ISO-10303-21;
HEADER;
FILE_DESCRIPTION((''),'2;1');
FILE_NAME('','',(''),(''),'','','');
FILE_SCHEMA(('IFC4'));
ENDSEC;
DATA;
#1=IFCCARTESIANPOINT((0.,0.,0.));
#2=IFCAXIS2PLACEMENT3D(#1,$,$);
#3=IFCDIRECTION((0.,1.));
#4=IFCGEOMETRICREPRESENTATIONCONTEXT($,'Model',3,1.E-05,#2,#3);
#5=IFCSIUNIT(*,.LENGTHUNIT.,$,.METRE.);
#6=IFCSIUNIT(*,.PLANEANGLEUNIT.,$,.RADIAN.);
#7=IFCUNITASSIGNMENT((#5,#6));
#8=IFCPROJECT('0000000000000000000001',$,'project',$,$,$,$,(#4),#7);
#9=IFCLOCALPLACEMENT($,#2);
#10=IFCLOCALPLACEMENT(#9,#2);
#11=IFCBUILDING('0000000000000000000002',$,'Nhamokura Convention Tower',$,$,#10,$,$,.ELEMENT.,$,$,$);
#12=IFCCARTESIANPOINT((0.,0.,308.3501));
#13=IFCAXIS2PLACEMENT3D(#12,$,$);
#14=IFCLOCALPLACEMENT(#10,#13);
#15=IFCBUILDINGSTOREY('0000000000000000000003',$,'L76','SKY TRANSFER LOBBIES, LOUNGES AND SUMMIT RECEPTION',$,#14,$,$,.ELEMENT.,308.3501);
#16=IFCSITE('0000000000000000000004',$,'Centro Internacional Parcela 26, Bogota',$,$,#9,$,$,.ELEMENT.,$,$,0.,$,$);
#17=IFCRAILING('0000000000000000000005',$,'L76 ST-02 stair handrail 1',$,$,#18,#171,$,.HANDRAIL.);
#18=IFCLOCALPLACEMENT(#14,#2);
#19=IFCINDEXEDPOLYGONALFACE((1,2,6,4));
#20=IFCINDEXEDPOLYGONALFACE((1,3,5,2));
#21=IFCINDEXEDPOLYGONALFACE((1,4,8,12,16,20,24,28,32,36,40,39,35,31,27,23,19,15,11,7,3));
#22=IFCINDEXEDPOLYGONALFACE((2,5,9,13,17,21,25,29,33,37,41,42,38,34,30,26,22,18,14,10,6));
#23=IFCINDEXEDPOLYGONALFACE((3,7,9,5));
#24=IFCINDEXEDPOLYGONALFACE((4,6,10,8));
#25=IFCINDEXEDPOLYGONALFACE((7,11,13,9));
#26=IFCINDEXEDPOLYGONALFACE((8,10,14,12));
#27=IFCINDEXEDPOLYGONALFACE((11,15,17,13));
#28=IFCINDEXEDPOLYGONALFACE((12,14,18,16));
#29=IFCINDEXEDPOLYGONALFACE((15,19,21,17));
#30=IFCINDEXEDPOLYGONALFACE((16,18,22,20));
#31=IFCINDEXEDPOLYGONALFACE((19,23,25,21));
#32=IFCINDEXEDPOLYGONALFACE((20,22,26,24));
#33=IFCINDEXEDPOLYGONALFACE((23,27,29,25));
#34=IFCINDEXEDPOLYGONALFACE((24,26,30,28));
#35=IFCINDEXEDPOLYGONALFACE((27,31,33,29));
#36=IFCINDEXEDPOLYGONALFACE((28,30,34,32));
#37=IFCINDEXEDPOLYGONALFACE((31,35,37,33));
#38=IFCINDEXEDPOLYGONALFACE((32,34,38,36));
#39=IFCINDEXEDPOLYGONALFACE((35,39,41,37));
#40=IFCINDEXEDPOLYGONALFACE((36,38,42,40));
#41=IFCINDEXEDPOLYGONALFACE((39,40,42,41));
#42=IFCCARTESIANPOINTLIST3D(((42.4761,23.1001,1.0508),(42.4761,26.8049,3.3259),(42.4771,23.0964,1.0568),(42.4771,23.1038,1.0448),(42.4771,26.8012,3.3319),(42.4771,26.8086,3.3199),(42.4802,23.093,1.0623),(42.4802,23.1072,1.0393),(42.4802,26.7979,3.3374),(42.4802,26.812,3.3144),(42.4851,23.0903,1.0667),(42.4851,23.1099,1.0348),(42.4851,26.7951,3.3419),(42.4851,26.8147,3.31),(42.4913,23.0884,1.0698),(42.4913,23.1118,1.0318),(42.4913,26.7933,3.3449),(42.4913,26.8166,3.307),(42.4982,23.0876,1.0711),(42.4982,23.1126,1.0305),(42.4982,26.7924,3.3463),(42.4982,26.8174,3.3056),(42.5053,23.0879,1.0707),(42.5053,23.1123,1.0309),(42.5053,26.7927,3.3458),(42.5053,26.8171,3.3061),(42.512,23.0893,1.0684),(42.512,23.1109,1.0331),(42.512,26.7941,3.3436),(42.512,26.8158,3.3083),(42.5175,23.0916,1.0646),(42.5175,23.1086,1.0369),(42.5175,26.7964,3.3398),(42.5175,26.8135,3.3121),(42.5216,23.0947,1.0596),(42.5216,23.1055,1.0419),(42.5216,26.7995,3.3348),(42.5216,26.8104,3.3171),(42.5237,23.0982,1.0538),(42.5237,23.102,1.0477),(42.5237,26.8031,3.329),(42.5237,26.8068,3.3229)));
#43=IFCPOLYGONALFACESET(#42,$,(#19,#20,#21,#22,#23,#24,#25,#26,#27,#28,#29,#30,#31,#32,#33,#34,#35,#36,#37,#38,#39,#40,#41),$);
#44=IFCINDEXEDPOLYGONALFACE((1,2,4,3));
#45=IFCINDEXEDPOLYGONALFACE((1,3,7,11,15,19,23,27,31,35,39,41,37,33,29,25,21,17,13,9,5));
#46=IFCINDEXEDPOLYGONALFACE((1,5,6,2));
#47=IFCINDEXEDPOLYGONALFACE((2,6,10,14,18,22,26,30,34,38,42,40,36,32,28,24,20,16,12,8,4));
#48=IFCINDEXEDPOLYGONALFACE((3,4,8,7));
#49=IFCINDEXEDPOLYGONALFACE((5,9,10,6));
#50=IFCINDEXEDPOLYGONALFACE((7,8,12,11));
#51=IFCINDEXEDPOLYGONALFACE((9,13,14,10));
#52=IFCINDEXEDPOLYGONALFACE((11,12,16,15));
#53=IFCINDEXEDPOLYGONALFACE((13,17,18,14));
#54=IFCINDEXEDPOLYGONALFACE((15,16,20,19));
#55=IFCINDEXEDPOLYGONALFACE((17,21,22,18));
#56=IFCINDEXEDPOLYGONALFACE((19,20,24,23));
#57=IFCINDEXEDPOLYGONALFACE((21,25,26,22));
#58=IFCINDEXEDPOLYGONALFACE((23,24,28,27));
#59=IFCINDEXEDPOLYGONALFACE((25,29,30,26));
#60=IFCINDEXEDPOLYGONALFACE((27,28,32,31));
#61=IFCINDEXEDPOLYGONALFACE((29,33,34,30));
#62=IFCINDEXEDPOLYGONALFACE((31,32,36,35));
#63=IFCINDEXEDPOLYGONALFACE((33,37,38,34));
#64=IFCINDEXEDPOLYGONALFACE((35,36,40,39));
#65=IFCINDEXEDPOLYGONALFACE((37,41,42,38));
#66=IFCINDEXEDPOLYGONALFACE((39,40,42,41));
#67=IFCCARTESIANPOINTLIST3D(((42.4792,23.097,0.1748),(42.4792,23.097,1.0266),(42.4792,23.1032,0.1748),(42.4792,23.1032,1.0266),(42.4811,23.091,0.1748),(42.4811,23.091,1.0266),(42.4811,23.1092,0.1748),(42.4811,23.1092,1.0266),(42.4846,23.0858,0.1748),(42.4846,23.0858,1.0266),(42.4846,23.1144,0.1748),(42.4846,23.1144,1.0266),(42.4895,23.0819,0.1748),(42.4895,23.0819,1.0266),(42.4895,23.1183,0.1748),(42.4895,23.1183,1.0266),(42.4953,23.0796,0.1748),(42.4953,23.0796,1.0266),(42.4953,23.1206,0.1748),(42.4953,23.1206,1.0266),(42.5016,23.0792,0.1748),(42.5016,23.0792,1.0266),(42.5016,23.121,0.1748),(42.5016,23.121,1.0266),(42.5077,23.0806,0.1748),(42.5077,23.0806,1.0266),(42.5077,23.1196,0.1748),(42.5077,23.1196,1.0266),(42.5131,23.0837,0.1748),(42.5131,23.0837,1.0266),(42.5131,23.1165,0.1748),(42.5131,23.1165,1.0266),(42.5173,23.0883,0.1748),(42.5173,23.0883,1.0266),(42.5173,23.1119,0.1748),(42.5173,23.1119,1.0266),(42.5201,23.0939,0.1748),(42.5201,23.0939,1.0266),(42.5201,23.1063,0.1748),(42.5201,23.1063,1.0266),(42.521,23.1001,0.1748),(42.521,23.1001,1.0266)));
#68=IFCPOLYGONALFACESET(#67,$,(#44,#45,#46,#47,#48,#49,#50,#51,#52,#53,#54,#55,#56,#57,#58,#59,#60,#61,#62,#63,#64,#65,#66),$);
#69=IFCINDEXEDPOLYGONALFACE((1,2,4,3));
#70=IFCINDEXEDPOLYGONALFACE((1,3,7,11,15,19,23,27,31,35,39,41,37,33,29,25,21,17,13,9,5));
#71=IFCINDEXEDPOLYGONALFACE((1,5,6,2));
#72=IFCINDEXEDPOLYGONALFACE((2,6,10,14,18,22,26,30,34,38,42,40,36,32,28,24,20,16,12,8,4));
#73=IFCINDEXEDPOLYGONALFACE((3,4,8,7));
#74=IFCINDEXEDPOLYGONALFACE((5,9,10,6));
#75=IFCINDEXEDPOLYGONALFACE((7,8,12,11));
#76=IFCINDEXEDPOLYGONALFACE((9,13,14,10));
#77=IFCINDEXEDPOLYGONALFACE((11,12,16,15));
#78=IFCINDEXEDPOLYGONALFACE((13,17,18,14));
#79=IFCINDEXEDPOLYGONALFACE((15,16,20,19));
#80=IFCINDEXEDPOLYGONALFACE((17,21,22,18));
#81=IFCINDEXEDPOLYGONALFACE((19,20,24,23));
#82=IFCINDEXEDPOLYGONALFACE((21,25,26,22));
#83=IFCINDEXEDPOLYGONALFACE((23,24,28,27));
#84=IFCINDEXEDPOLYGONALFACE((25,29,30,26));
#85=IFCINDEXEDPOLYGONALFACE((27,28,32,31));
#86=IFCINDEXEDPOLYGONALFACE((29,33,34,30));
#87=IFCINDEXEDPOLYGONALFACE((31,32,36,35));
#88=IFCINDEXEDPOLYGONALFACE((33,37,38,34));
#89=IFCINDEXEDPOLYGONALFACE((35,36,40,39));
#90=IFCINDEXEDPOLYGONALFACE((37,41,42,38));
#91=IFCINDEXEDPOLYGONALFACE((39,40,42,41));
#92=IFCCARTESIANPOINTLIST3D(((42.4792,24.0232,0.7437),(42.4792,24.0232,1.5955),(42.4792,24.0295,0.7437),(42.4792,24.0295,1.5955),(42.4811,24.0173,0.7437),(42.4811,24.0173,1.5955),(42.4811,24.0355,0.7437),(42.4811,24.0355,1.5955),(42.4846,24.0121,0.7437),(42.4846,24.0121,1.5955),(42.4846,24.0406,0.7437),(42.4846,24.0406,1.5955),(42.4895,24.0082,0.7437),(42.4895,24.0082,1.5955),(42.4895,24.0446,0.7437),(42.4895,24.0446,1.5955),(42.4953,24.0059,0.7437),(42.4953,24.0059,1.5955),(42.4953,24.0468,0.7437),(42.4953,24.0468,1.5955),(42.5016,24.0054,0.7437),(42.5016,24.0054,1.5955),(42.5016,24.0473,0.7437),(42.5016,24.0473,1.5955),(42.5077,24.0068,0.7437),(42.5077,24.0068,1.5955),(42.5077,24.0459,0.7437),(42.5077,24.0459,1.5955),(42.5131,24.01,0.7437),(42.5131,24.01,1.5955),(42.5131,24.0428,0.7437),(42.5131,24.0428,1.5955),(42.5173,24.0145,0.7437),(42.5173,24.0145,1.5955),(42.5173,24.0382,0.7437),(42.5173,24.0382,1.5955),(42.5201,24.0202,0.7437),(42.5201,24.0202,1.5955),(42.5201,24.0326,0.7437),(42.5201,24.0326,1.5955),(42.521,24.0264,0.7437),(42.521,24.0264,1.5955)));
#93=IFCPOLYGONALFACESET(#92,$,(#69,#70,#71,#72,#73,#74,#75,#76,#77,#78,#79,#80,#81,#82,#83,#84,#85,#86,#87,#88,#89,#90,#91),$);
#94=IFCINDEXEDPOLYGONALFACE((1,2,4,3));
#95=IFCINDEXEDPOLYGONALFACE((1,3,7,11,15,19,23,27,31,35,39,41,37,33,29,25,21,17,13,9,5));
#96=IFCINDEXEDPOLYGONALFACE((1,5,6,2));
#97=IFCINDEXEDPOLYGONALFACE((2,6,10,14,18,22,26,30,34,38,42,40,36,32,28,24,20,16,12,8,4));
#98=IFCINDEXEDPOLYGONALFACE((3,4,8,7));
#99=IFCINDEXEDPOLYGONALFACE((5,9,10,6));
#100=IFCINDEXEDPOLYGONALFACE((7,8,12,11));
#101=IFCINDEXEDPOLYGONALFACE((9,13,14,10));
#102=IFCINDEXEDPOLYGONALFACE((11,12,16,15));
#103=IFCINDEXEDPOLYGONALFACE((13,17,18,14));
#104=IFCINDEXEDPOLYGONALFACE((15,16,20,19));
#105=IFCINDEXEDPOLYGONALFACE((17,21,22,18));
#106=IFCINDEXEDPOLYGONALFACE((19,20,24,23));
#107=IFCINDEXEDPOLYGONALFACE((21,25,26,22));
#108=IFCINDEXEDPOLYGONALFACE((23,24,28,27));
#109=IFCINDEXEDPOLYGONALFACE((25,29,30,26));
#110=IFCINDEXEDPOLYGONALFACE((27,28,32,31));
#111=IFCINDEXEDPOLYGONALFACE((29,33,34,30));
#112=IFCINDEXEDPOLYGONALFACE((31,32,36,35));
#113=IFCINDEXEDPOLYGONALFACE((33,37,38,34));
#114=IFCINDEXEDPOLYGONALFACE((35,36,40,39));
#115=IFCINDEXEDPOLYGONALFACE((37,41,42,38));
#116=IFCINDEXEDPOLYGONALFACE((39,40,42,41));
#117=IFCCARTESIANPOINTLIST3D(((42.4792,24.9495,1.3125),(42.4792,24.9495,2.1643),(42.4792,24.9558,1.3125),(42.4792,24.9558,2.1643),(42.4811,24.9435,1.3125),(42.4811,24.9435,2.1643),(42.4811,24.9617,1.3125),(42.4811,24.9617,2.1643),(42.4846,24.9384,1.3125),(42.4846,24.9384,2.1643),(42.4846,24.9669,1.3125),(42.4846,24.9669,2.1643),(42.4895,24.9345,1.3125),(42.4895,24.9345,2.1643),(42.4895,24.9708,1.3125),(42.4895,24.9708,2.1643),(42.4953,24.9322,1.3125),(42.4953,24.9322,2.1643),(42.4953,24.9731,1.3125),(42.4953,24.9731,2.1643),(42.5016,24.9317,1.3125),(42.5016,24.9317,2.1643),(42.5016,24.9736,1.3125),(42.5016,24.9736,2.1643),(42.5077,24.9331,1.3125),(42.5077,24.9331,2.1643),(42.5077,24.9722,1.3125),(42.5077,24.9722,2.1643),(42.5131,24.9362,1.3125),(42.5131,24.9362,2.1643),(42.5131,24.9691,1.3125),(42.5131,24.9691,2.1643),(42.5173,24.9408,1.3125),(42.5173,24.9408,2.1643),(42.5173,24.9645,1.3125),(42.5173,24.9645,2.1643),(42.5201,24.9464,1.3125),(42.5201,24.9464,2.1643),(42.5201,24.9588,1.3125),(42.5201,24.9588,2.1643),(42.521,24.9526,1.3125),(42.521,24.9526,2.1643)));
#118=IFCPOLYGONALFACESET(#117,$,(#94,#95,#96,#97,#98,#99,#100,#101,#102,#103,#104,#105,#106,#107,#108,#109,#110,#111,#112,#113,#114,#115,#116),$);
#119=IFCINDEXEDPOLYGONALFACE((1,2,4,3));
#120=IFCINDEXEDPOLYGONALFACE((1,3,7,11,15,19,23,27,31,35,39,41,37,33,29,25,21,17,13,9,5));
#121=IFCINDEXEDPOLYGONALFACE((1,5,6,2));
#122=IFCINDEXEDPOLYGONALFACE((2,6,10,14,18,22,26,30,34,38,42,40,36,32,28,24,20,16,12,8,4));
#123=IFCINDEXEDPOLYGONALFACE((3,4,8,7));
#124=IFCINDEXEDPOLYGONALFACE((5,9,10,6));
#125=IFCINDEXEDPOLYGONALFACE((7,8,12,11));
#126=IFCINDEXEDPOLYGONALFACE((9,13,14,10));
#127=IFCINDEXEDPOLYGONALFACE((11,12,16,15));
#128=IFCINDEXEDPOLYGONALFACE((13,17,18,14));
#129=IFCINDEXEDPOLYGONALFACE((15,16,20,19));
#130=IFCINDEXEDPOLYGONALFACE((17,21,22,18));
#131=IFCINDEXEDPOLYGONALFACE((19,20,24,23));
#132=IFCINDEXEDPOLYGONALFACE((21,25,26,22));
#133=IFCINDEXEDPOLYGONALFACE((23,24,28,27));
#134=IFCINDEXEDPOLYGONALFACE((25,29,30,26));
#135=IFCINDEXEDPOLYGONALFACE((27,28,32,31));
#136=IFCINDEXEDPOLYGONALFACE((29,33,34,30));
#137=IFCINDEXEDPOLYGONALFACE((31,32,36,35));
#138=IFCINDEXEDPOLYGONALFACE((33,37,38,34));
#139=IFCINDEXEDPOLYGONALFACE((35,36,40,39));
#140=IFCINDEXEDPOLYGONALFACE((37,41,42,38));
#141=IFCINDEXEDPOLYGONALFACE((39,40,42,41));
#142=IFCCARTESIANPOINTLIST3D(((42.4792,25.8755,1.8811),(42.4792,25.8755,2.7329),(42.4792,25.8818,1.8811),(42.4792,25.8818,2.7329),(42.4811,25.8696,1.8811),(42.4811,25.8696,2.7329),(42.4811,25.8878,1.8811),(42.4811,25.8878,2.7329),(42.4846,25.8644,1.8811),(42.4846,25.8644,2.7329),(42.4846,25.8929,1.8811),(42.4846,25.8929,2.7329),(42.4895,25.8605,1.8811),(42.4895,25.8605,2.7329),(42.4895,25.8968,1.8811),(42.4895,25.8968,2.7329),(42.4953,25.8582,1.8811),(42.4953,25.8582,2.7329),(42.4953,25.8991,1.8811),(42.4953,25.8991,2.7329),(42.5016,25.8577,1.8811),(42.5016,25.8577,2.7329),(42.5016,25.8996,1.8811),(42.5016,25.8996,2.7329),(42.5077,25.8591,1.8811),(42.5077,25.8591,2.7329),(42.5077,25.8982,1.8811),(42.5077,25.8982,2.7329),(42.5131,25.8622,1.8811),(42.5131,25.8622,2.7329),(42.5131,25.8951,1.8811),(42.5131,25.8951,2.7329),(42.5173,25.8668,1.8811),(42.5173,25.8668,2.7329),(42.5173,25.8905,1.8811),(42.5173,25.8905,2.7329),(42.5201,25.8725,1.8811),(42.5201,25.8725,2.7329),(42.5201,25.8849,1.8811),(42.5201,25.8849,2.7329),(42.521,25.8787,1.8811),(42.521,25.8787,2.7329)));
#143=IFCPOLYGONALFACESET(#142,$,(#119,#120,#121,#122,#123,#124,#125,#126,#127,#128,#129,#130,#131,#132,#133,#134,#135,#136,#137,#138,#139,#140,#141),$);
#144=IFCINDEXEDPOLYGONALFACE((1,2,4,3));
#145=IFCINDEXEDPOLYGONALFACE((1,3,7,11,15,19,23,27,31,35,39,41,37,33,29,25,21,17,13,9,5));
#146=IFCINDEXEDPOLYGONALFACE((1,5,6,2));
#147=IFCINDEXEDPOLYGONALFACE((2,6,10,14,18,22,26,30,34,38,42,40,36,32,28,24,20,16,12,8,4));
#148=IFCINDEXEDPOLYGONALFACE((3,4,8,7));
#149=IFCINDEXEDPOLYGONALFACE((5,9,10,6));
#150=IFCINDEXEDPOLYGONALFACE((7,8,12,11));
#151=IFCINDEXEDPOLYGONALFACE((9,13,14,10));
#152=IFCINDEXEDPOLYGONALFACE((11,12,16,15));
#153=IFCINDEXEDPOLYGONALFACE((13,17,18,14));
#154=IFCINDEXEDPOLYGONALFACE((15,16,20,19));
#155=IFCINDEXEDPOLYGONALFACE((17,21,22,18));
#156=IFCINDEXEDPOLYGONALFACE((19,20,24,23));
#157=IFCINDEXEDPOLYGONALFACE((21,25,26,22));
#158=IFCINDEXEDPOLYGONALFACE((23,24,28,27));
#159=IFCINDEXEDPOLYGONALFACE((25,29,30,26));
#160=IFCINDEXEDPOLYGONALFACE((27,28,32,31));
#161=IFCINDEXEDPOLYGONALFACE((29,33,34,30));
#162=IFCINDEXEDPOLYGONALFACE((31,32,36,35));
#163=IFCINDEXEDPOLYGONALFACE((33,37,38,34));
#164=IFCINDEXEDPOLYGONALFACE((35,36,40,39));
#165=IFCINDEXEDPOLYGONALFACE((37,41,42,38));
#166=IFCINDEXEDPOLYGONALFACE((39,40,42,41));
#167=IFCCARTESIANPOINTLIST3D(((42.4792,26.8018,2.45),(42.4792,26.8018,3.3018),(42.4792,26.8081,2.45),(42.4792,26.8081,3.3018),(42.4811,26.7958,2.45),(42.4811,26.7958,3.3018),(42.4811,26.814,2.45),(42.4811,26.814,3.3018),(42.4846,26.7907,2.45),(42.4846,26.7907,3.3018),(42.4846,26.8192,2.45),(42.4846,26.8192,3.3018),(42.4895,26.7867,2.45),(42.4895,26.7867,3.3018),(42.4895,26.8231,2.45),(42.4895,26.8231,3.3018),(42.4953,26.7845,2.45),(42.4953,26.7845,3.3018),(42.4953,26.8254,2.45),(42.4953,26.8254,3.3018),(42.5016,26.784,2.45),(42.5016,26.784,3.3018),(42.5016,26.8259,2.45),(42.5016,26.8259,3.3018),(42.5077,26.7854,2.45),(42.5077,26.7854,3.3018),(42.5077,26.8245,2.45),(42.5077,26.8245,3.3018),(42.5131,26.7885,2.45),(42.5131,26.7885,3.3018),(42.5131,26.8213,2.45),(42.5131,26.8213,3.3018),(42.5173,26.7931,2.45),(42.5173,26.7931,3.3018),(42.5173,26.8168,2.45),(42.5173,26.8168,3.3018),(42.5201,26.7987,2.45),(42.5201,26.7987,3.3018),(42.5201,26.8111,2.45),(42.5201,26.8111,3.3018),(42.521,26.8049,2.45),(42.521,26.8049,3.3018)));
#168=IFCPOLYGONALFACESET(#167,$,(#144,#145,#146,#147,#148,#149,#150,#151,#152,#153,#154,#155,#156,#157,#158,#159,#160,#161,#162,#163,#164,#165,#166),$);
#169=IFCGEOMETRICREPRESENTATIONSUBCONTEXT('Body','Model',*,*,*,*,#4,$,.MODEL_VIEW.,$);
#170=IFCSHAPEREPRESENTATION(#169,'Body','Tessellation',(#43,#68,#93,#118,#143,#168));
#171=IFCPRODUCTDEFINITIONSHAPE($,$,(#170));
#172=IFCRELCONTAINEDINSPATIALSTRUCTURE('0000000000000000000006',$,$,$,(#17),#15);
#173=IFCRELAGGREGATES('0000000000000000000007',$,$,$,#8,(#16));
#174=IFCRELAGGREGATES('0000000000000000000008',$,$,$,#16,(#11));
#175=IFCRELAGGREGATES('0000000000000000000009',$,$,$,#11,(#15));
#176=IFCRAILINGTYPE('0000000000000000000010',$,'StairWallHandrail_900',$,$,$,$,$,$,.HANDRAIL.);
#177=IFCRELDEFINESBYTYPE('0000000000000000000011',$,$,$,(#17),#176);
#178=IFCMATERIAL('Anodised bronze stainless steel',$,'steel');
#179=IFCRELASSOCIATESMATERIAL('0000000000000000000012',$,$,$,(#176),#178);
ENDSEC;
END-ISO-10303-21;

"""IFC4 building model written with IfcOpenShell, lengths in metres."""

from ifc_helpers import new_model, si_unit, direction, frame, origin, origin_2d, place, context, subcontext, project, spatial, circle, extrude, material, type_object, element, save


model = new_model("IFC4")

# Units and contexts
model_context = context("Model", 3, precision=1e-05, world=origin(), true_north=direction((0.0, 1.0)))
body_context = subcontext(model_context, "Body", "Model", "MODEL_VIEW")
ifc_project = project(units=[si_unit("LENGTHUNIT", "METRE"), si_unit("PLANEANGLEUNIT", "RADIAN")], contexts=[model_context])

# Site, building, storey
site_placement = place(None, origin())
site = spatial("IfcSite", under=ifc_project, at=site_placement, Name="Centro Internacional Parcela 26, Bogota", CompositionType="ELEMENT", RefElevation=0.0)
building_placement = place(site_placement, origin())
building = spatial("IfcBuilding", under=site, at=building_placement, Name="Nhamokura Convention Tower", CompositionType="ELEMENT")
storey_placement = place(building_placement, frame((0.0, 0.0, 308.3501)))
storey = spatial("IfcBuildingStorey", under=building, at=storey_placement, Name="L76", Description="SKY TRANSFER LOBBIES, LOUNGES AND SUMMIT RECEPTION", CompositionType="ELEMENT", Elevation=308.3501)

# Railing
ifc_material_1 = material(Name="Anodised bronze stainless steel", Category="steel")
railing_type_1 = type_object("IfcRailingType", Name="StairWallHandrail_900", PredefinedType="HANDRAIL", material=ifc_material_1)
railing_1_placement = place(storey_placement, frame((42.5, 23.1001, 0.1748)))
element("IfcRailing", 1, at=railing_1_placement, inside=storey, type_object=railing_type_1, Name="L76 ST-02 stair handrail 1", PredefinedType="HANDRAIL", context=body_context, shape_type="SweptSolid", body=[
    extrude(circle(Radius=0.0239, at=origin_2d()), frame((0.0, 0.0, 0.876), z_axis=(0.0, 0.852146, 0.523305), x_axis=(-1.0, 0.0, 0.0)), (0.0, 0.0, 1.0), 4.3477),
    extrude(circle(Radius=0.021, at=origin_2d()), origin(), (0.0, 0.0, 1.0), 0.8518),
    extrude(circle(Radius=0.021, at=origin_2d()), frame((0.0, 0.9263, 0.5688)), (0.0, 0.0, 1.0), 0.8518),
    extrude(circle(Radius=0.021, at=origin_2d()), frame((0.0, 1.8525, 1.1377)), (0.0, 0.0, 1.0), 0.8518),
    extrude(circle(Radius=0.021, at=origin_2d()), frame((0.0, 2.7786, 1.7063)), (0.0, 0.0, 1.0), 0.8518),
    extrude(circle(Radius=0.021, at=origin_2d()), frame((0.0, 3.7048, 2.2751)), (0.0, 0.0, 1.0), 0.8518),
])

save(model, "model.ifc")
